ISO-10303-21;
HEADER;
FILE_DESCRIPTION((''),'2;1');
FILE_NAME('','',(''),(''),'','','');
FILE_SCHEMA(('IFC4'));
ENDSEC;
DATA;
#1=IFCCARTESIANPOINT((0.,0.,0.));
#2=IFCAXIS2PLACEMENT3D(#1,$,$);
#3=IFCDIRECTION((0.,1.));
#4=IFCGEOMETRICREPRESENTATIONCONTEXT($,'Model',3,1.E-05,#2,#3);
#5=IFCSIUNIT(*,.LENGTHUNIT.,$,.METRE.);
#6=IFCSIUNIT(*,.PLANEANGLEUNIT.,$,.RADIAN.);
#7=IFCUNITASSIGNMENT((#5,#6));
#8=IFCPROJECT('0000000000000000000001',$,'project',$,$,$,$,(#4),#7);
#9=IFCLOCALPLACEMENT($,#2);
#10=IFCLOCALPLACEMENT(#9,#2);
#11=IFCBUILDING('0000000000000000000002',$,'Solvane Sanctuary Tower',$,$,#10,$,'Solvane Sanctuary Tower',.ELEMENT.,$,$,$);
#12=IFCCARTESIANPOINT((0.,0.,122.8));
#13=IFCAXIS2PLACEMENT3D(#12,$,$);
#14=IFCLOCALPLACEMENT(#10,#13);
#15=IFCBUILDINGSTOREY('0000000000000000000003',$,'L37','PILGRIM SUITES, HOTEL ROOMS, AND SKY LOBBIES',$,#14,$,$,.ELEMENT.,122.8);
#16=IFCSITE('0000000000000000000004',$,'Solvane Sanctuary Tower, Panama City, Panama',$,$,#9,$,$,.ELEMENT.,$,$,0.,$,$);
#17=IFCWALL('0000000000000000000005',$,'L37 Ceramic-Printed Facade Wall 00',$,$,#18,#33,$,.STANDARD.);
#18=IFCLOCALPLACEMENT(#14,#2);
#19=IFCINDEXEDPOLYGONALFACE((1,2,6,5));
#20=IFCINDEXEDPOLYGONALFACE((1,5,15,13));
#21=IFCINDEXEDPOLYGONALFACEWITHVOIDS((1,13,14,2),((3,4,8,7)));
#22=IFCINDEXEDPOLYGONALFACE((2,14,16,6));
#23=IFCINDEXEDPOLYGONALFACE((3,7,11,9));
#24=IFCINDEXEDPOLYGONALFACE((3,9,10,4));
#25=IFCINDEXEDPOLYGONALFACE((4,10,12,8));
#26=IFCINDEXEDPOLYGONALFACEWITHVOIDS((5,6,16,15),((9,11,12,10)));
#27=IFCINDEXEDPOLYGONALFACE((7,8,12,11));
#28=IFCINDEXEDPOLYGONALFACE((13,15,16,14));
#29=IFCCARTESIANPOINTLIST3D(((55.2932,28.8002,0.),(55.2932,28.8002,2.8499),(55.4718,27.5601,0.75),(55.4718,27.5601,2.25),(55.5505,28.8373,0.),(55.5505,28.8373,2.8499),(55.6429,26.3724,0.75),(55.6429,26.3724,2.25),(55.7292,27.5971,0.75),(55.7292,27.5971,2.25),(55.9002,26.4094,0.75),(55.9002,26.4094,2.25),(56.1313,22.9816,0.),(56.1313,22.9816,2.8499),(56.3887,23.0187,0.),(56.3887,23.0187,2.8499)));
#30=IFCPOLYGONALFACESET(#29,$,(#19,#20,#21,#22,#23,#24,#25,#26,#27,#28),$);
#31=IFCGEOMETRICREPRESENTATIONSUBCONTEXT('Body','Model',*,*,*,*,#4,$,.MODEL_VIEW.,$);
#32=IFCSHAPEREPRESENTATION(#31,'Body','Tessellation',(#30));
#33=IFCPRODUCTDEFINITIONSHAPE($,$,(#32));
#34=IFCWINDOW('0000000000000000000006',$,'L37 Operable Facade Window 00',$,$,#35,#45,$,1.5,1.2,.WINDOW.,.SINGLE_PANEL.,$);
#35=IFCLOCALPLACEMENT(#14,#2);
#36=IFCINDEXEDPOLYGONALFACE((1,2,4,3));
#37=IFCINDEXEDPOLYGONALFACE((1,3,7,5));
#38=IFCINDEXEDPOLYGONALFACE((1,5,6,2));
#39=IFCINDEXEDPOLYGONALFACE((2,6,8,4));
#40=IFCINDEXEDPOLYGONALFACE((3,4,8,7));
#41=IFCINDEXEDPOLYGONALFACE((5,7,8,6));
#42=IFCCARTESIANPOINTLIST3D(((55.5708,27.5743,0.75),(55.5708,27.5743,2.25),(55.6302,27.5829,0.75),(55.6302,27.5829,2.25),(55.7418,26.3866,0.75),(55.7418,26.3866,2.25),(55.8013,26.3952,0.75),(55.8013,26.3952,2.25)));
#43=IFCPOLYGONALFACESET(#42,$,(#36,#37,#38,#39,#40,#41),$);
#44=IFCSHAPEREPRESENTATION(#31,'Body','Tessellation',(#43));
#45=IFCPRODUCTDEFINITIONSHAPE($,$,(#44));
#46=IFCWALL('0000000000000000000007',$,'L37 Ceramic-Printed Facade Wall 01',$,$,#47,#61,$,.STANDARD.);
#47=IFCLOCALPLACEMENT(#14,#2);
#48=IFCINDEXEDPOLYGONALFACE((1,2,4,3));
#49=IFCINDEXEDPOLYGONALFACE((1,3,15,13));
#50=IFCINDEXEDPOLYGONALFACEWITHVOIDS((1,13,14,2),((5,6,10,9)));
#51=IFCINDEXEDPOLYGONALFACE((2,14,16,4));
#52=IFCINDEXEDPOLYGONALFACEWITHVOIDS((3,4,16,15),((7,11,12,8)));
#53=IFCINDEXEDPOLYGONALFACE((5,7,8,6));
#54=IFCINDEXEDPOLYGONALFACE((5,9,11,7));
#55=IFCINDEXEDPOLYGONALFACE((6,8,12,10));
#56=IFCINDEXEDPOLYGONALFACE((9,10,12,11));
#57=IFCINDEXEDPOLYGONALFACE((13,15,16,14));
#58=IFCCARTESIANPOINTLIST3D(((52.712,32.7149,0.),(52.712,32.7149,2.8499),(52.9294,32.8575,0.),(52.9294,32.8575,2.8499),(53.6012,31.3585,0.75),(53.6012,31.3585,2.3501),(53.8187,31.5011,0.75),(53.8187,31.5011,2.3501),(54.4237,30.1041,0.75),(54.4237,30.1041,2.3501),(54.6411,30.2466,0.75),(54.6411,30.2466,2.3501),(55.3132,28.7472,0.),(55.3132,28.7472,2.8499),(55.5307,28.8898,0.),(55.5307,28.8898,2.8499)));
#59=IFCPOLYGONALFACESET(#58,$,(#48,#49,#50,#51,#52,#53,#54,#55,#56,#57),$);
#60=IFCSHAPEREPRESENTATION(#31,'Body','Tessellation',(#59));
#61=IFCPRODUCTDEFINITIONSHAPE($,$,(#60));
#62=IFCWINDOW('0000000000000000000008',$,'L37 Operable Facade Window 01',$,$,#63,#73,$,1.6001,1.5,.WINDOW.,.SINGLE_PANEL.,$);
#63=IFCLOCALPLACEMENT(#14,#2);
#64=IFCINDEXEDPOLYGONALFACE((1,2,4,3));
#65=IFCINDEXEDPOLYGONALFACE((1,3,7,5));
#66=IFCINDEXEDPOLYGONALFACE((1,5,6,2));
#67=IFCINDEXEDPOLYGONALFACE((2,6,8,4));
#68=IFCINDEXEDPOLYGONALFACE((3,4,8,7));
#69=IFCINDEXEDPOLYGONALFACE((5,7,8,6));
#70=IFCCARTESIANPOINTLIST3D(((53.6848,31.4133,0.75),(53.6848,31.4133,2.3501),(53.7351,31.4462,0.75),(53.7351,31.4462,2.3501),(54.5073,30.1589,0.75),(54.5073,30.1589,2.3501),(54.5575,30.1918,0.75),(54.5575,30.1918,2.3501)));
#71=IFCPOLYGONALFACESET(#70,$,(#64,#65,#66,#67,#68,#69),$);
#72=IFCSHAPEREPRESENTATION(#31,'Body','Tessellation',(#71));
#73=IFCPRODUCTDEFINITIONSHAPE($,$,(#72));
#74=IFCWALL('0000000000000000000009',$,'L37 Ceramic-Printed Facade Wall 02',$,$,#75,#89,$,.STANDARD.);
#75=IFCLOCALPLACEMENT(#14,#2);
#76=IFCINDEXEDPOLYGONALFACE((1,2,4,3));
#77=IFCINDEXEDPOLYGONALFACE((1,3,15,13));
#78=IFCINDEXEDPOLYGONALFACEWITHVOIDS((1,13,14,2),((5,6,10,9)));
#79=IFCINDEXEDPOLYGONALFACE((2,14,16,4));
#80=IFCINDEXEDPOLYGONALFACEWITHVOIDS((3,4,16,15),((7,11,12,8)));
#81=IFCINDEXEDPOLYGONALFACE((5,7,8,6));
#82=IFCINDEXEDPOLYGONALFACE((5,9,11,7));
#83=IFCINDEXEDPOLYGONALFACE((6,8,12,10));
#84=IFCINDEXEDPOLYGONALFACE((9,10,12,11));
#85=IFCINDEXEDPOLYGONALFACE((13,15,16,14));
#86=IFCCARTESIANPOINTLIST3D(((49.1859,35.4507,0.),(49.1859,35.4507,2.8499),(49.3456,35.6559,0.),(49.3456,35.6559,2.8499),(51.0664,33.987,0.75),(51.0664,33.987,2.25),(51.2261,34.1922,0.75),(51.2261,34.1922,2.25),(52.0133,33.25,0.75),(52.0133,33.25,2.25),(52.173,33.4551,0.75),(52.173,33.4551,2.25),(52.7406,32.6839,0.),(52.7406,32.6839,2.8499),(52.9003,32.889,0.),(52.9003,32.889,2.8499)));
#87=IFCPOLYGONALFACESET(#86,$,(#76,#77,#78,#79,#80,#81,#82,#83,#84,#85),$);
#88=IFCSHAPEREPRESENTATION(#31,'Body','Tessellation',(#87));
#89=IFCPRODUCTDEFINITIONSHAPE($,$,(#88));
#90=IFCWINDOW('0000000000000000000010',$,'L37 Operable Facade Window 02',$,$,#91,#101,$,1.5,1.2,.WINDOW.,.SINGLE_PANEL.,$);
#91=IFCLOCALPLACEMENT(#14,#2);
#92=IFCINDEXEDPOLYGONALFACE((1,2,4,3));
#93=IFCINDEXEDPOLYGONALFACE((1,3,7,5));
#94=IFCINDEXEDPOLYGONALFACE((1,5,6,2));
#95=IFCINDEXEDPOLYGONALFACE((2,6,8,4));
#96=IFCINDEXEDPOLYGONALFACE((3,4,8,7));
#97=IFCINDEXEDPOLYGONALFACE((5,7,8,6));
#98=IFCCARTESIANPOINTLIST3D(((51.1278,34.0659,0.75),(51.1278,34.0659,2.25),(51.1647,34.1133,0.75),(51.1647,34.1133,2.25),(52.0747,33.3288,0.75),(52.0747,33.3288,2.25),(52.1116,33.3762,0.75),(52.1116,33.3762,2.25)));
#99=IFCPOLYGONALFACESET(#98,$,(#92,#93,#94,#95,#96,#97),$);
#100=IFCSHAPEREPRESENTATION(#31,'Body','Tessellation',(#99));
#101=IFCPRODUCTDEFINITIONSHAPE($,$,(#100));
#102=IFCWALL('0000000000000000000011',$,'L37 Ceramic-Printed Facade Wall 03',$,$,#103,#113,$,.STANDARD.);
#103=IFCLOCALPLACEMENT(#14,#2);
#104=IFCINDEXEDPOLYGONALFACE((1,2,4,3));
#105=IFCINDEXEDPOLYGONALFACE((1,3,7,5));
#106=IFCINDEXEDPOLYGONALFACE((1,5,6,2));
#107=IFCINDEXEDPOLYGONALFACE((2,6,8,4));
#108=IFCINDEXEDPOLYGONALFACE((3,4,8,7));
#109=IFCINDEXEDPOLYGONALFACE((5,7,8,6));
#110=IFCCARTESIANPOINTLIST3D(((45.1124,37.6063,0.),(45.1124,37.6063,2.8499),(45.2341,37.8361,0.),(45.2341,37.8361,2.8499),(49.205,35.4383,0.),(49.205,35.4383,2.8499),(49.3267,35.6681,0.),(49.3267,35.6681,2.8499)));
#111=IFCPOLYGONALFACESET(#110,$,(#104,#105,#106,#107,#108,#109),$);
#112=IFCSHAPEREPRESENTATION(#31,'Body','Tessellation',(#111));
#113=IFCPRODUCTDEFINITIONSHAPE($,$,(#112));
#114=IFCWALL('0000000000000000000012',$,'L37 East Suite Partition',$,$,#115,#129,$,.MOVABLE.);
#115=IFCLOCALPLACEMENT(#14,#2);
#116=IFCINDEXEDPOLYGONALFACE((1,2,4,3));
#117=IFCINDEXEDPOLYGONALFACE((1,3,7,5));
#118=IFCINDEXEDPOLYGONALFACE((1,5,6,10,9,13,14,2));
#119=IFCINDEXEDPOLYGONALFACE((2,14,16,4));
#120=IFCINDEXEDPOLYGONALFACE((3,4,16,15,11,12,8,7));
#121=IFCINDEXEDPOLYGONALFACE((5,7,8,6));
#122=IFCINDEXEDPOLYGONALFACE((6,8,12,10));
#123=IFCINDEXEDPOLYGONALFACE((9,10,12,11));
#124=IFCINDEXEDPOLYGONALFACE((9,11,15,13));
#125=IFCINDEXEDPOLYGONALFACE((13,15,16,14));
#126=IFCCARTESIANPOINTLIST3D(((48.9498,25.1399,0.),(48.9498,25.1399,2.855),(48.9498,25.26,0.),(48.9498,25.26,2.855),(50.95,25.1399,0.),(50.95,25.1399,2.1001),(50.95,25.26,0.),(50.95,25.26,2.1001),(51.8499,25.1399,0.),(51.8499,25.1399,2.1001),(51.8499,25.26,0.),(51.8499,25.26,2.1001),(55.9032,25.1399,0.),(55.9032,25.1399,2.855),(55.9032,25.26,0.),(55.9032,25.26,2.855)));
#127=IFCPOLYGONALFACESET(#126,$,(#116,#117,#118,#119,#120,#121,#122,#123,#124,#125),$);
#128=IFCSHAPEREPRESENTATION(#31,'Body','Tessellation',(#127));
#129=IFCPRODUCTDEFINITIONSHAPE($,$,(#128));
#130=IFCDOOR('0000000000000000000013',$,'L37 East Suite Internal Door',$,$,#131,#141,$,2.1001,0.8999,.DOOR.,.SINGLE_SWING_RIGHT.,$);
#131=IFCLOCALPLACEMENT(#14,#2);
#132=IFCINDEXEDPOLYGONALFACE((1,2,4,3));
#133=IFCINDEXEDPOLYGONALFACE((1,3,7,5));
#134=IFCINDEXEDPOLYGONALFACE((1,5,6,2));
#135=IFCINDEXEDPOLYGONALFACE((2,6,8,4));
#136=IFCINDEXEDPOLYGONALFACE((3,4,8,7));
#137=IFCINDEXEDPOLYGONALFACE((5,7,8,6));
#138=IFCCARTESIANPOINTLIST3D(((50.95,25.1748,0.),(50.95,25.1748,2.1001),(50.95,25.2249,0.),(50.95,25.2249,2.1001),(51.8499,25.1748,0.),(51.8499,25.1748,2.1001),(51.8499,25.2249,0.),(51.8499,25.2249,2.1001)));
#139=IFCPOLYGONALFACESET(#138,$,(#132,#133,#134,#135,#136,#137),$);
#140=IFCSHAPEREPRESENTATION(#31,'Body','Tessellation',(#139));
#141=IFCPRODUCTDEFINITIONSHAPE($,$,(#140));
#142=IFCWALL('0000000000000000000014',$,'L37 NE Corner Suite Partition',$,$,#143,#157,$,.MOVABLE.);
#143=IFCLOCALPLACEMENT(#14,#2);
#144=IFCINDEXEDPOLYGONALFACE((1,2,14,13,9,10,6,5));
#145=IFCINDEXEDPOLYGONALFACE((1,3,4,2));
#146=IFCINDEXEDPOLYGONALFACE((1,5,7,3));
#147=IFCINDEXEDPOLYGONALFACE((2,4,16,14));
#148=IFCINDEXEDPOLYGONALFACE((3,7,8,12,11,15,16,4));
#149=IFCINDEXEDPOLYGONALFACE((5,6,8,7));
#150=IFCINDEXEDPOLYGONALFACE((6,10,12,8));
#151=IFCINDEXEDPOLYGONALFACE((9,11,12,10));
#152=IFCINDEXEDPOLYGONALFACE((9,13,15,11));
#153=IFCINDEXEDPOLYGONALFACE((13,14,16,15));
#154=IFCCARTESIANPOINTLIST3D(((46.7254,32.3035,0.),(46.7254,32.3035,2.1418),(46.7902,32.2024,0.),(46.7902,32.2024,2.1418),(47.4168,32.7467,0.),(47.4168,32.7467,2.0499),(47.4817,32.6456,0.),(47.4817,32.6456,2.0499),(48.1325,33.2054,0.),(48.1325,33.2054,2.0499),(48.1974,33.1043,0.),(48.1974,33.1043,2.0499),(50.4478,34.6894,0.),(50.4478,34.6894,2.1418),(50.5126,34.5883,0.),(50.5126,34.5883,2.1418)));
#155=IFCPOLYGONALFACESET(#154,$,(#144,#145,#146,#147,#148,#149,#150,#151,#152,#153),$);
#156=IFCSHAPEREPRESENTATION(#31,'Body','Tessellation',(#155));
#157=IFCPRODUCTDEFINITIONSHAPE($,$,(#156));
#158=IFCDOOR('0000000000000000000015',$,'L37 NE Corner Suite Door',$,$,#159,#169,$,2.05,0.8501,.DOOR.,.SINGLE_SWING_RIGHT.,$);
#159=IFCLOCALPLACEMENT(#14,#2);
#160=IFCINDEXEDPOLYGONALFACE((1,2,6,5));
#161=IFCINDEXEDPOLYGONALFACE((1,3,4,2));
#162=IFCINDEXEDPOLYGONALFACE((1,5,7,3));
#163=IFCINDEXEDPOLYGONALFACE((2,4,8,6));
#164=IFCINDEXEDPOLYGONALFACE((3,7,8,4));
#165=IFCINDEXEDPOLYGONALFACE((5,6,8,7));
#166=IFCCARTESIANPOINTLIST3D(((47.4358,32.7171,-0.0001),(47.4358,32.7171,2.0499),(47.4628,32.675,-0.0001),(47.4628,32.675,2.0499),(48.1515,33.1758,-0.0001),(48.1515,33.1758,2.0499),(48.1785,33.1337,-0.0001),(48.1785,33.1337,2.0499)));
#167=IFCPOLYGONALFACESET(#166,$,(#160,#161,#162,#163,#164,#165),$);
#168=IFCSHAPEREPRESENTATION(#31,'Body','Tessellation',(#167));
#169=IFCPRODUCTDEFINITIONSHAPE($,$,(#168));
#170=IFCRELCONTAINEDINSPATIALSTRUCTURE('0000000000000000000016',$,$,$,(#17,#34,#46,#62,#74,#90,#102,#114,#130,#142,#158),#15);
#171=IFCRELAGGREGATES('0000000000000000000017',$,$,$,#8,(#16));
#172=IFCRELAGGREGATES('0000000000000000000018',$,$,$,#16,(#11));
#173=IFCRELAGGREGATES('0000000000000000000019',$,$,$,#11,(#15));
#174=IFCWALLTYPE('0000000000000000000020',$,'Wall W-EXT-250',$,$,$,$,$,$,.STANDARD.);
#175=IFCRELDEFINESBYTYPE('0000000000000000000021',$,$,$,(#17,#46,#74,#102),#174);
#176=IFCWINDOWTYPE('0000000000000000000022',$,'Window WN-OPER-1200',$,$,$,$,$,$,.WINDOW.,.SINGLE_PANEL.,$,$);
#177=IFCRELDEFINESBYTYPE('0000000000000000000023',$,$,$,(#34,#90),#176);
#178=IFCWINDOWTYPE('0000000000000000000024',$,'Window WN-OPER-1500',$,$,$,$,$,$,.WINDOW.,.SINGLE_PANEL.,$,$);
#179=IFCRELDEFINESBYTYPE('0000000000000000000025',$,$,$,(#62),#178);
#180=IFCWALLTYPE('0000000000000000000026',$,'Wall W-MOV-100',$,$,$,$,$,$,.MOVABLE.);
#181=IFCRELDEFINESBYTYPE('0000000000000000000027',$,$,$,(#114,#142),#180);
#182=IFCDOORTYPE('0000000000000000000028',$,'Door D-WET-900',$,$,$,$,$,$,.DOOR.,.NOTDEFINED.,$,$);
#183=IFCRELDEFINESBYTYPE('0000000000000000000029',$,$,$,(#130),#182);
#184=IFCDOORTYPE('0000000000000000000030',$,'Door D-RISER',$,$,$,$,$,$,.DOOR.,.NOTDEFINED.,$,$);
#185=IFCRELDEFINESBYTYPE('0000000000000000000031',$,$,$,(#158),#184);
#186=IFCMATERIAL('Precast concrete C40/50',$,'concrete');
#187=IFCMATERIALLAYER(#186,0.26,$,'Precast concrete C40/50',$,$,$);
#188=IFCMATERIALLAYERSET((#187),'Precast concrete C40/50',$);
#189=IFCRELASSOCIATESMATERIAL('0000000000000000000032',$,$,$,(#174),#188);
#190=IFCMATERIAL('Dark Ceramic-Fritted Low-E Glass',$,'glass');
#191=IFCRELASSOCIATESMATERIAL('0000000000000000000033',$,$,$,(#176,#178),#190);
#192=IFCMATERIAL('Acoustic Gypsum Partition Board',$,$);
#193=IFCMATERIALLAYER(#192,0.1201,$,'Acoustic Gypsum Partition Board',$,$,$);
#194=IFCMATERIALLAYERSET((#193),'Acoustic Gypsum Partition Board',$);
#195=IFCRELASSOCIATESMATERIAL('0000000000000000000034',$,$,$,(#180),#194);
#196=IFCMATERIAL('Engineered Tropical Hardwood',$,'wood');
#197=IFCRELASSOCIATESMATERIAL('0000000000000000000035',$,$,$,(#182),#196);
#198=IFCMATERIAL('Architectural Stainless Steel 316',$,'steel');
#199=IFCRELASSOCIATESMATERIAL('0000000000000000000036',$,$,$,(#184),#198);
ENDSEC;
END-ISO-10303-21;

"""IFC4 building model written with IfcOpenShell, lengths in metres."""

from ifc_helpers import new_model, si_unit, direction, frame, frame_2d, origin, place, context, subcontext, project, spatial, rectangle, extrude, material, layer, layer_set, type_object, element, fill, save


model = new_model("IFC4")

# Units and contexts
model_context = context("Model", 3, precision=1e-05, world=origin(), true_north=direction((0.0, 1.0)))
body_context = subcontext(model_context, "Body", "Model", "MODEL_VIEW")
ifc_project = project(units=[si_unit("LENGTHUNIT", "METRE"), si_unit("PLANEANGLEUNIT", "RADIAN")], contexts=[model_context])

# Site, building, storey
site_placement = place(None, origin())
site = spatial("IfcSite", under=ifc_project, at=site_placement, Name="Solvane Sanctuary Tower, Panama City, Panama", CompositionType="ELEMENT", RefElevation=0.0)
building_placement = place(site_placement, origin())
building = spatial("IfcBuilding", under=site, at=building_placement, Name="Solvane Sanctuary Tower", LongName="Solvane Sanctuary Tower", CompositionType="ELEMENT")
storey_placement = place(building_placement, frame((0.0, 0.0, 122.8)))
storey = spatial("IfcBuildingStorey", under=building, at=storey_placement, Name="L37", Description="PILGRIM SUITES, HOTEL ROOMS, AND SKY LOBBIES", CompositionType="ELEMENT", Elevation=122.8)

# Shared definitions
ifc_material_1 = material(Name="Acoustic Gypsum Partition Board")

# Walls, openings, windows
ifc_material_2 = material(Name="Precast concrete C40/50", Category="concrete")
ifc_layer_1 = layer(ifc_material_2, 0.26, Name="Precast concrete C40/50")
ifc_layer_set_1 = layer_set([ifc_layer_1], Name="Precast concrete C40/50")
wall_type_1 = type_object("IfcWallType", Name="Wall W-EXT-250", PredefinedType="STANDARD", material=ifc_layer_set_1)
wall_1_placement = place(storey_placement, frame((56.26, 23.0, 0.0), z_axis=(0.0, 0.0, 1.0), x_axis=(-0.142572, 0.989784, 0.0)))
wall_1 = element("IfcWall", 1, at=wall_1_placement, inside=storey, type_object=wall_type_1, Name="L37 Ceramic-Printed Facade Wall 00", PredefinedType="STANDARD", context=body_context, shape_type="SweptSolid", body=[
    extrude(rectangle(XDim=5.8787, YDim=0.26, at=frame_2d((2.9395, 0.0))), origin(), (0.0, 0.0, 1.0), 2.8499),
])
opening_1_placement = place(wall_1_placement, frame((3.4258, 0.0, 0.75)))
opening_1 = element("IfcOpeningElement", 2, at=opening_1_placement, cuts=wall_1, PredefinedType="OPENING", context=body_context, shape_type="SweptSolid", body=[
    extrude(rectangle(XDim=1.2, YDim=1.5, at=frame_2d((0.6001, 0.75))), frame((0.0, 0.1399, 0.0), z_axis=(0.0, -1.0, 0.0), x_axis=(1.0, 0.0, 0.0)), (0.0, 0.0, 1.0), 0.28),
])
ifc_material_3 = material(Name="Dark Ceramic-Fritted Low-E Glass", Category="glass")
window_type_1 = type_object("IfcWindowType", Name="Window WN-OPER-1200", PartitioningType="SINGLE_PANEL", PredefinedType="WINDOW", material=ifc_material_3)
window_1_placement = place(opening_1_placement, origin())
window_1 = element("IfcWindow", 3, at=window_1_placement, inside=storey, type_object=window_type_1, Name="L37 Operable Facade Window 00", OverallHeight=1.5, OverallWidth=1.2, PartitioningType="SINGLE_PANEL", PredefinedType="WINDOW", context=body_context, shape_type="SweptSolid", body=[
    extrude(rectangle(XDim=1.2, YDim=1.5, at=frame_2d((0.6001, 0.75))), frame((0.0, 0.03, 0.0), z_axis=(0.0, -1.0, 0.0), x_axis=(1.0, 0.0, 0.0)), (0.0, 0.0, 1.0), 0.0601),
])
fill(opening_1, window_1)
wall_2_placement = place(storey_placement, frame((55.4219, 28.8186, 0.0), z_axis=(0.0, 0.0, 1.0), x_axis=(-0.548283, 0.836293, 0.0)))
wall_2 = element("IfcWall", 4, at=wall_2_placement, inside=storey, type_object=wall_type_1, Name="L37 Ceramic-Printed Facade Wall 01", PredefinedType="STANDARD", context=body_context, shape_type="SweptSolid", body=[
    extrude(rectangle(XDim=4.7444, YDim=0.26, at=frame_2d((2.3721, 0.0))), origin(), (0.0, 0.0, 1.0), 2.8499),
])
opening_2_placement = place(wall_2_placement, frame((1.6223, 0.0, 0.75)))
opening_2 = element("IfcOpeningElement", 5, at=opening_2_placement, cuts=wall_2, PredefinedType="OPENING", context=body_context, shape_type="SweptSolid", body=[
    extrude(rectangle(XDim=1.5, YDim=1.6001, at=frame_2d((0.75, 0.8))), frame((0.0, 0.1399, 0.0), z_axis=(0.0, -1.0, 0.0), x_axis=(1.0, 0.0, 0.0)), (0.0, 0.0, 1.0), 0.28),
])
window_type_2 = type_object("IfcWindowType", Name="Window WN-OPER-1500", PartitioningType="SINGLE_PANEL", PredefinedType="WINDOW", material=ifc_material_3)
window_2_placement = place(opening_2_placement, origin())
window_2 = element("IfcWindow", 6, at=window_2_placement, inside=storey, type_object=window_type_2, Name="L37 Operable Facade Window 01", OverallHeight=1.6001, OverallWidth=1.5, PartitioningType="SINGLE_PANEL", PredefinedType="WINDOW", context=body_context, shape_type="SweptSolid", body=[
    extrude(rectangle(XDim=1.5, YDim=1.6001, at=frame_2d((0.75, 0.8))), frame((0.0, 0.03, 0.0), z_axis=(0.0, -1.0, 0.0), x_axis=(1.0, 0.0, 0.0)), (0.0, 0.0, 1.0), 0.0601),
])
fill(opening_2, window_2)
wall_3_placement = place(storey_placement, frame((52.8206, 32.7864, 0.0), z_axis=(0.0, 0.0, 1.0), x_axis=(-0.789127, 0.614229, 0.0)))
wall_3 = element("IfcWall", 7, at=wall_3_placement, inside=storey, type_object=wall_type_1, Name="L37 Ceramic-Printed Facade Wall 02", PredefinedType="STANDARD", context=body_context, shape_type="SweptSolid", body=[
    extrude(rectangle(XDim=4.5046, YDim=0.26, at=frame_2d((2.2524, 0.0))), origin(), (0.0, 0.0, 1.0), 2.8499),
])
opening_3_placement = place(wall_3_placement, frame((0.9216, 0.0, 0.75)))
opening_3 = element("IfcOpeningElement", 8, at=opening_3_placement, cuts=wall_3, PredefinedType="OPENING", context=body_context, shape_type="SweptSolid", body=[
    extrude(rectangle(XDim=1.2, YDim=1.5, at=frame_2d((0.6001, 0.75))), frame((0.0, 0.1399, 0.0), z_axis=(0.0, -1.0, 0.0), x_axis=(1.0, 0.0, 0.0)), (0.0, 0.0, 1.0), 0.28),
])
window_3_placement = place(opening_3_placement, origin())
window_3 = element("IfcWindow", 9, at=window_3_placement, inside=storey, type_object=window_type_1, Name="L37 Operable Facade Window 02", OverallHeight=1.5, OverallWidth=1.2, PartitioningType="SINGLE_PANEL", PredefinedType="WINDOW", context=body_context, shape_type="SweptSolid", body=[
    extrude(rectangle(XDim=1.2, YDim=1.5, at=frame_2d((0.6001, 0.75))), frame((0.0, 0.03, 0.0), z_axis=(0.0, -1.0, 0.0), x_axis=(1.0, 0.0, 0.0)), (0.0, 0.0, 1.0), 0.0601),
])
fill(opening_3, window_3)

# Wall
wall_4_placement = place(storey_placement, frame((49.2659, 35.5532, 0.0), z_axis=(0.0, 0.0, 1.0), x_axis=(-0.883669, 0.468113, 0.0)))
element("IfcWall", 10, at=wall_4_placement, inside=storey, type_object=wall_type_1, Name="L37 Ceramic-Printed Facade Wall 03", PredefinedType="STANDARD", context=body_context, shape_type="SweptSolid", body=[
    extrude(rectangle(XDim=4.6313, YDim=0.26, at=frame_2d((2.3157, 0.0))), origin(), (0.0, 0.0, 1.0), 2.8499),
])

# Walls, openings, doors
ifc_layer_2 = layer(ifc_material_1, 0.1201, Name="Acoustic Gypsum Partition Board")
ifc_layer_set_2 = layer_set([ifc_layer_2], Name="Acoustic Gypsum Partition Board")
wall_type_2 = type_object("IfcWallType", Name="Wall W-MOV-100", PredefinedType="MOVABLE", material=ifc_layer_set_2)
wall_5_placement = place(storey_placement, frame((48.95, 25.2, 0.0), z_axis=(0.0, 0.0, 1.0), x_axis=(1.0, 0.0, 0.0)))
wall_5 = element("IfcWall", 11, at=wall_5_placement, inside=storey, type_object=wall_type_2, Name="L37 East Suite Partition", PredefinedType="MOVABLE", context=body_context, shape_type="SweptSolid", body=[
    extrude(rectangle(XDim=6.9534, YDim=0.1201, at=frame_2d((3.4766, 0.0))), origin(), (0.0, 0.0, 1.0), 2.855),
])
opening_4_placement = place(wall_5_placement, frame((2.0, 0.0, 0.0)))
opening_4 = element("IfcOpeningElement", 12, at=opening_4_placement, cuts=wall_5, PredefinedType="OPENING", context=body_context, shape_type="SweptSolid", body=[
    extrude(rectangle(XDim=0.8999, YDim=2.1001, at=frame_2d((0.45, 1.05))), frame((0.0, 0.0701, 0.0), z_axis=(0.0, -1.0, 0.0), x_axis=(1.0, 0.0, 0.0)), (0.0, 0.0, 1.0), 0.1401),
])
ifc_material_4 = material(Name="Engineered Tropical Hardwood", Category="wood")
door_type_1 = type_object("IfcDoorType", Name="Door D-WET-900", OperationType="NOTDEFINED", PredefinedType="DOOR", material=ifc_material_4)
door_1_placement = place(opening_4_placement, origin())
door_1 = element("IfcDoor", 13, at=door_1_placement, inside=storey, type_object=door_type_1, Name="L37 East Suite Internal Door", OperationType="SINGLE_SWING_RIGHT", OverallHeight=2.1001, OverallWidth=0.8999, PredefinedType="DOOR", context=body_context, shape_type="SweptSolid", body=[
    extrude(rectangle(XDim=0.8999, YDim=2.1001, at=frame_2d((0.45, 1.05))), frame((0.0, 0.0249, 0.0), z_axis=(0.0, -1.0, 0.0), x_axis=(1.0, 0.0, 0.0)), (0.0, 0.0, 1.0), 0.05),
])
fill(opening_4, door_1)
wall_6_placement = place(storey_placement, frame((46.7578, 32.2529, 0.0), z_axis=(0.0, 0.0, 1.0), x_axis=(0.841897, 0.539638, 0.0)))
wall_6 = element("IfcWall", 14, at=wall_6_placement, inside=storey, type_object=wall_type_2, Name="L37 NE Corner Suite Partition", PredefinedType="MOVABLE", context=body_context, shape_type="SweptSolid", body=[
    extrude(rectangle(XDim=4.4214, YDim=0.1201, at=frame_2d((2.2107, 0.0))), origin(), (0.0, 0.0, 1.0), 2.1418),
])
opening_5_placement = place(wall_6_placement, frame((0.8213, 0.0, 0.0)))
opening_5 = element("IfcOpeningElement", 15, at=opening_5_placement, cuts=wall_6, PredefinedType="OPENING", context=body_context, shape_type="SweptSolid", body=[
    extrude(rectangle(XDim=0.8501, YDim=2.05, at=frame_2d((0.425, 1.0249))), frame((0.0, 0.0701, 0.0), z_axis=(0.0, -1.0, 0.0), x_axis=(1.0, 0.0, 0.0)), (0.0, 0.0, 1.0), 0.1401),
])
ifc_material_5 = material(Name="Architectural Stainless Steel 316", Category="steel")
door_type_2 = type_object("IfcDoorType", Name="Door D-RISER", OperationType="NOTDEFINED", PredefinedType="DOOR", material=ifc_material_5)
door_2_placement = place(opening_5_placement, origin())
door_2 = element("IfcDoor", 16, at=door_2_placement, inside=storey, type_object=door_type_2, Name="L37 NE Corner Suite Door", OperationType="SINGLE_SWING_RIGHT", OverallHeight=2.05, OverallWidth=0.8501, PredefinedType="DOOR", context=body_context, shape_type="SweptSolid", body=[
    extrude(rectangle(XDim=0.8501, YDim=2.05, at=frame_2d((0.425, 1.0249))), frame((0.0, 0.0249, 0.0), z_axis=(0.0, -1.0, 0.0), x_axis=(1.0, 0.0, 0.0)), (0.0, 0.0, 1.0), 0.05),
])
fill(opening_5, door_2)

save(model, "model.ifc")
